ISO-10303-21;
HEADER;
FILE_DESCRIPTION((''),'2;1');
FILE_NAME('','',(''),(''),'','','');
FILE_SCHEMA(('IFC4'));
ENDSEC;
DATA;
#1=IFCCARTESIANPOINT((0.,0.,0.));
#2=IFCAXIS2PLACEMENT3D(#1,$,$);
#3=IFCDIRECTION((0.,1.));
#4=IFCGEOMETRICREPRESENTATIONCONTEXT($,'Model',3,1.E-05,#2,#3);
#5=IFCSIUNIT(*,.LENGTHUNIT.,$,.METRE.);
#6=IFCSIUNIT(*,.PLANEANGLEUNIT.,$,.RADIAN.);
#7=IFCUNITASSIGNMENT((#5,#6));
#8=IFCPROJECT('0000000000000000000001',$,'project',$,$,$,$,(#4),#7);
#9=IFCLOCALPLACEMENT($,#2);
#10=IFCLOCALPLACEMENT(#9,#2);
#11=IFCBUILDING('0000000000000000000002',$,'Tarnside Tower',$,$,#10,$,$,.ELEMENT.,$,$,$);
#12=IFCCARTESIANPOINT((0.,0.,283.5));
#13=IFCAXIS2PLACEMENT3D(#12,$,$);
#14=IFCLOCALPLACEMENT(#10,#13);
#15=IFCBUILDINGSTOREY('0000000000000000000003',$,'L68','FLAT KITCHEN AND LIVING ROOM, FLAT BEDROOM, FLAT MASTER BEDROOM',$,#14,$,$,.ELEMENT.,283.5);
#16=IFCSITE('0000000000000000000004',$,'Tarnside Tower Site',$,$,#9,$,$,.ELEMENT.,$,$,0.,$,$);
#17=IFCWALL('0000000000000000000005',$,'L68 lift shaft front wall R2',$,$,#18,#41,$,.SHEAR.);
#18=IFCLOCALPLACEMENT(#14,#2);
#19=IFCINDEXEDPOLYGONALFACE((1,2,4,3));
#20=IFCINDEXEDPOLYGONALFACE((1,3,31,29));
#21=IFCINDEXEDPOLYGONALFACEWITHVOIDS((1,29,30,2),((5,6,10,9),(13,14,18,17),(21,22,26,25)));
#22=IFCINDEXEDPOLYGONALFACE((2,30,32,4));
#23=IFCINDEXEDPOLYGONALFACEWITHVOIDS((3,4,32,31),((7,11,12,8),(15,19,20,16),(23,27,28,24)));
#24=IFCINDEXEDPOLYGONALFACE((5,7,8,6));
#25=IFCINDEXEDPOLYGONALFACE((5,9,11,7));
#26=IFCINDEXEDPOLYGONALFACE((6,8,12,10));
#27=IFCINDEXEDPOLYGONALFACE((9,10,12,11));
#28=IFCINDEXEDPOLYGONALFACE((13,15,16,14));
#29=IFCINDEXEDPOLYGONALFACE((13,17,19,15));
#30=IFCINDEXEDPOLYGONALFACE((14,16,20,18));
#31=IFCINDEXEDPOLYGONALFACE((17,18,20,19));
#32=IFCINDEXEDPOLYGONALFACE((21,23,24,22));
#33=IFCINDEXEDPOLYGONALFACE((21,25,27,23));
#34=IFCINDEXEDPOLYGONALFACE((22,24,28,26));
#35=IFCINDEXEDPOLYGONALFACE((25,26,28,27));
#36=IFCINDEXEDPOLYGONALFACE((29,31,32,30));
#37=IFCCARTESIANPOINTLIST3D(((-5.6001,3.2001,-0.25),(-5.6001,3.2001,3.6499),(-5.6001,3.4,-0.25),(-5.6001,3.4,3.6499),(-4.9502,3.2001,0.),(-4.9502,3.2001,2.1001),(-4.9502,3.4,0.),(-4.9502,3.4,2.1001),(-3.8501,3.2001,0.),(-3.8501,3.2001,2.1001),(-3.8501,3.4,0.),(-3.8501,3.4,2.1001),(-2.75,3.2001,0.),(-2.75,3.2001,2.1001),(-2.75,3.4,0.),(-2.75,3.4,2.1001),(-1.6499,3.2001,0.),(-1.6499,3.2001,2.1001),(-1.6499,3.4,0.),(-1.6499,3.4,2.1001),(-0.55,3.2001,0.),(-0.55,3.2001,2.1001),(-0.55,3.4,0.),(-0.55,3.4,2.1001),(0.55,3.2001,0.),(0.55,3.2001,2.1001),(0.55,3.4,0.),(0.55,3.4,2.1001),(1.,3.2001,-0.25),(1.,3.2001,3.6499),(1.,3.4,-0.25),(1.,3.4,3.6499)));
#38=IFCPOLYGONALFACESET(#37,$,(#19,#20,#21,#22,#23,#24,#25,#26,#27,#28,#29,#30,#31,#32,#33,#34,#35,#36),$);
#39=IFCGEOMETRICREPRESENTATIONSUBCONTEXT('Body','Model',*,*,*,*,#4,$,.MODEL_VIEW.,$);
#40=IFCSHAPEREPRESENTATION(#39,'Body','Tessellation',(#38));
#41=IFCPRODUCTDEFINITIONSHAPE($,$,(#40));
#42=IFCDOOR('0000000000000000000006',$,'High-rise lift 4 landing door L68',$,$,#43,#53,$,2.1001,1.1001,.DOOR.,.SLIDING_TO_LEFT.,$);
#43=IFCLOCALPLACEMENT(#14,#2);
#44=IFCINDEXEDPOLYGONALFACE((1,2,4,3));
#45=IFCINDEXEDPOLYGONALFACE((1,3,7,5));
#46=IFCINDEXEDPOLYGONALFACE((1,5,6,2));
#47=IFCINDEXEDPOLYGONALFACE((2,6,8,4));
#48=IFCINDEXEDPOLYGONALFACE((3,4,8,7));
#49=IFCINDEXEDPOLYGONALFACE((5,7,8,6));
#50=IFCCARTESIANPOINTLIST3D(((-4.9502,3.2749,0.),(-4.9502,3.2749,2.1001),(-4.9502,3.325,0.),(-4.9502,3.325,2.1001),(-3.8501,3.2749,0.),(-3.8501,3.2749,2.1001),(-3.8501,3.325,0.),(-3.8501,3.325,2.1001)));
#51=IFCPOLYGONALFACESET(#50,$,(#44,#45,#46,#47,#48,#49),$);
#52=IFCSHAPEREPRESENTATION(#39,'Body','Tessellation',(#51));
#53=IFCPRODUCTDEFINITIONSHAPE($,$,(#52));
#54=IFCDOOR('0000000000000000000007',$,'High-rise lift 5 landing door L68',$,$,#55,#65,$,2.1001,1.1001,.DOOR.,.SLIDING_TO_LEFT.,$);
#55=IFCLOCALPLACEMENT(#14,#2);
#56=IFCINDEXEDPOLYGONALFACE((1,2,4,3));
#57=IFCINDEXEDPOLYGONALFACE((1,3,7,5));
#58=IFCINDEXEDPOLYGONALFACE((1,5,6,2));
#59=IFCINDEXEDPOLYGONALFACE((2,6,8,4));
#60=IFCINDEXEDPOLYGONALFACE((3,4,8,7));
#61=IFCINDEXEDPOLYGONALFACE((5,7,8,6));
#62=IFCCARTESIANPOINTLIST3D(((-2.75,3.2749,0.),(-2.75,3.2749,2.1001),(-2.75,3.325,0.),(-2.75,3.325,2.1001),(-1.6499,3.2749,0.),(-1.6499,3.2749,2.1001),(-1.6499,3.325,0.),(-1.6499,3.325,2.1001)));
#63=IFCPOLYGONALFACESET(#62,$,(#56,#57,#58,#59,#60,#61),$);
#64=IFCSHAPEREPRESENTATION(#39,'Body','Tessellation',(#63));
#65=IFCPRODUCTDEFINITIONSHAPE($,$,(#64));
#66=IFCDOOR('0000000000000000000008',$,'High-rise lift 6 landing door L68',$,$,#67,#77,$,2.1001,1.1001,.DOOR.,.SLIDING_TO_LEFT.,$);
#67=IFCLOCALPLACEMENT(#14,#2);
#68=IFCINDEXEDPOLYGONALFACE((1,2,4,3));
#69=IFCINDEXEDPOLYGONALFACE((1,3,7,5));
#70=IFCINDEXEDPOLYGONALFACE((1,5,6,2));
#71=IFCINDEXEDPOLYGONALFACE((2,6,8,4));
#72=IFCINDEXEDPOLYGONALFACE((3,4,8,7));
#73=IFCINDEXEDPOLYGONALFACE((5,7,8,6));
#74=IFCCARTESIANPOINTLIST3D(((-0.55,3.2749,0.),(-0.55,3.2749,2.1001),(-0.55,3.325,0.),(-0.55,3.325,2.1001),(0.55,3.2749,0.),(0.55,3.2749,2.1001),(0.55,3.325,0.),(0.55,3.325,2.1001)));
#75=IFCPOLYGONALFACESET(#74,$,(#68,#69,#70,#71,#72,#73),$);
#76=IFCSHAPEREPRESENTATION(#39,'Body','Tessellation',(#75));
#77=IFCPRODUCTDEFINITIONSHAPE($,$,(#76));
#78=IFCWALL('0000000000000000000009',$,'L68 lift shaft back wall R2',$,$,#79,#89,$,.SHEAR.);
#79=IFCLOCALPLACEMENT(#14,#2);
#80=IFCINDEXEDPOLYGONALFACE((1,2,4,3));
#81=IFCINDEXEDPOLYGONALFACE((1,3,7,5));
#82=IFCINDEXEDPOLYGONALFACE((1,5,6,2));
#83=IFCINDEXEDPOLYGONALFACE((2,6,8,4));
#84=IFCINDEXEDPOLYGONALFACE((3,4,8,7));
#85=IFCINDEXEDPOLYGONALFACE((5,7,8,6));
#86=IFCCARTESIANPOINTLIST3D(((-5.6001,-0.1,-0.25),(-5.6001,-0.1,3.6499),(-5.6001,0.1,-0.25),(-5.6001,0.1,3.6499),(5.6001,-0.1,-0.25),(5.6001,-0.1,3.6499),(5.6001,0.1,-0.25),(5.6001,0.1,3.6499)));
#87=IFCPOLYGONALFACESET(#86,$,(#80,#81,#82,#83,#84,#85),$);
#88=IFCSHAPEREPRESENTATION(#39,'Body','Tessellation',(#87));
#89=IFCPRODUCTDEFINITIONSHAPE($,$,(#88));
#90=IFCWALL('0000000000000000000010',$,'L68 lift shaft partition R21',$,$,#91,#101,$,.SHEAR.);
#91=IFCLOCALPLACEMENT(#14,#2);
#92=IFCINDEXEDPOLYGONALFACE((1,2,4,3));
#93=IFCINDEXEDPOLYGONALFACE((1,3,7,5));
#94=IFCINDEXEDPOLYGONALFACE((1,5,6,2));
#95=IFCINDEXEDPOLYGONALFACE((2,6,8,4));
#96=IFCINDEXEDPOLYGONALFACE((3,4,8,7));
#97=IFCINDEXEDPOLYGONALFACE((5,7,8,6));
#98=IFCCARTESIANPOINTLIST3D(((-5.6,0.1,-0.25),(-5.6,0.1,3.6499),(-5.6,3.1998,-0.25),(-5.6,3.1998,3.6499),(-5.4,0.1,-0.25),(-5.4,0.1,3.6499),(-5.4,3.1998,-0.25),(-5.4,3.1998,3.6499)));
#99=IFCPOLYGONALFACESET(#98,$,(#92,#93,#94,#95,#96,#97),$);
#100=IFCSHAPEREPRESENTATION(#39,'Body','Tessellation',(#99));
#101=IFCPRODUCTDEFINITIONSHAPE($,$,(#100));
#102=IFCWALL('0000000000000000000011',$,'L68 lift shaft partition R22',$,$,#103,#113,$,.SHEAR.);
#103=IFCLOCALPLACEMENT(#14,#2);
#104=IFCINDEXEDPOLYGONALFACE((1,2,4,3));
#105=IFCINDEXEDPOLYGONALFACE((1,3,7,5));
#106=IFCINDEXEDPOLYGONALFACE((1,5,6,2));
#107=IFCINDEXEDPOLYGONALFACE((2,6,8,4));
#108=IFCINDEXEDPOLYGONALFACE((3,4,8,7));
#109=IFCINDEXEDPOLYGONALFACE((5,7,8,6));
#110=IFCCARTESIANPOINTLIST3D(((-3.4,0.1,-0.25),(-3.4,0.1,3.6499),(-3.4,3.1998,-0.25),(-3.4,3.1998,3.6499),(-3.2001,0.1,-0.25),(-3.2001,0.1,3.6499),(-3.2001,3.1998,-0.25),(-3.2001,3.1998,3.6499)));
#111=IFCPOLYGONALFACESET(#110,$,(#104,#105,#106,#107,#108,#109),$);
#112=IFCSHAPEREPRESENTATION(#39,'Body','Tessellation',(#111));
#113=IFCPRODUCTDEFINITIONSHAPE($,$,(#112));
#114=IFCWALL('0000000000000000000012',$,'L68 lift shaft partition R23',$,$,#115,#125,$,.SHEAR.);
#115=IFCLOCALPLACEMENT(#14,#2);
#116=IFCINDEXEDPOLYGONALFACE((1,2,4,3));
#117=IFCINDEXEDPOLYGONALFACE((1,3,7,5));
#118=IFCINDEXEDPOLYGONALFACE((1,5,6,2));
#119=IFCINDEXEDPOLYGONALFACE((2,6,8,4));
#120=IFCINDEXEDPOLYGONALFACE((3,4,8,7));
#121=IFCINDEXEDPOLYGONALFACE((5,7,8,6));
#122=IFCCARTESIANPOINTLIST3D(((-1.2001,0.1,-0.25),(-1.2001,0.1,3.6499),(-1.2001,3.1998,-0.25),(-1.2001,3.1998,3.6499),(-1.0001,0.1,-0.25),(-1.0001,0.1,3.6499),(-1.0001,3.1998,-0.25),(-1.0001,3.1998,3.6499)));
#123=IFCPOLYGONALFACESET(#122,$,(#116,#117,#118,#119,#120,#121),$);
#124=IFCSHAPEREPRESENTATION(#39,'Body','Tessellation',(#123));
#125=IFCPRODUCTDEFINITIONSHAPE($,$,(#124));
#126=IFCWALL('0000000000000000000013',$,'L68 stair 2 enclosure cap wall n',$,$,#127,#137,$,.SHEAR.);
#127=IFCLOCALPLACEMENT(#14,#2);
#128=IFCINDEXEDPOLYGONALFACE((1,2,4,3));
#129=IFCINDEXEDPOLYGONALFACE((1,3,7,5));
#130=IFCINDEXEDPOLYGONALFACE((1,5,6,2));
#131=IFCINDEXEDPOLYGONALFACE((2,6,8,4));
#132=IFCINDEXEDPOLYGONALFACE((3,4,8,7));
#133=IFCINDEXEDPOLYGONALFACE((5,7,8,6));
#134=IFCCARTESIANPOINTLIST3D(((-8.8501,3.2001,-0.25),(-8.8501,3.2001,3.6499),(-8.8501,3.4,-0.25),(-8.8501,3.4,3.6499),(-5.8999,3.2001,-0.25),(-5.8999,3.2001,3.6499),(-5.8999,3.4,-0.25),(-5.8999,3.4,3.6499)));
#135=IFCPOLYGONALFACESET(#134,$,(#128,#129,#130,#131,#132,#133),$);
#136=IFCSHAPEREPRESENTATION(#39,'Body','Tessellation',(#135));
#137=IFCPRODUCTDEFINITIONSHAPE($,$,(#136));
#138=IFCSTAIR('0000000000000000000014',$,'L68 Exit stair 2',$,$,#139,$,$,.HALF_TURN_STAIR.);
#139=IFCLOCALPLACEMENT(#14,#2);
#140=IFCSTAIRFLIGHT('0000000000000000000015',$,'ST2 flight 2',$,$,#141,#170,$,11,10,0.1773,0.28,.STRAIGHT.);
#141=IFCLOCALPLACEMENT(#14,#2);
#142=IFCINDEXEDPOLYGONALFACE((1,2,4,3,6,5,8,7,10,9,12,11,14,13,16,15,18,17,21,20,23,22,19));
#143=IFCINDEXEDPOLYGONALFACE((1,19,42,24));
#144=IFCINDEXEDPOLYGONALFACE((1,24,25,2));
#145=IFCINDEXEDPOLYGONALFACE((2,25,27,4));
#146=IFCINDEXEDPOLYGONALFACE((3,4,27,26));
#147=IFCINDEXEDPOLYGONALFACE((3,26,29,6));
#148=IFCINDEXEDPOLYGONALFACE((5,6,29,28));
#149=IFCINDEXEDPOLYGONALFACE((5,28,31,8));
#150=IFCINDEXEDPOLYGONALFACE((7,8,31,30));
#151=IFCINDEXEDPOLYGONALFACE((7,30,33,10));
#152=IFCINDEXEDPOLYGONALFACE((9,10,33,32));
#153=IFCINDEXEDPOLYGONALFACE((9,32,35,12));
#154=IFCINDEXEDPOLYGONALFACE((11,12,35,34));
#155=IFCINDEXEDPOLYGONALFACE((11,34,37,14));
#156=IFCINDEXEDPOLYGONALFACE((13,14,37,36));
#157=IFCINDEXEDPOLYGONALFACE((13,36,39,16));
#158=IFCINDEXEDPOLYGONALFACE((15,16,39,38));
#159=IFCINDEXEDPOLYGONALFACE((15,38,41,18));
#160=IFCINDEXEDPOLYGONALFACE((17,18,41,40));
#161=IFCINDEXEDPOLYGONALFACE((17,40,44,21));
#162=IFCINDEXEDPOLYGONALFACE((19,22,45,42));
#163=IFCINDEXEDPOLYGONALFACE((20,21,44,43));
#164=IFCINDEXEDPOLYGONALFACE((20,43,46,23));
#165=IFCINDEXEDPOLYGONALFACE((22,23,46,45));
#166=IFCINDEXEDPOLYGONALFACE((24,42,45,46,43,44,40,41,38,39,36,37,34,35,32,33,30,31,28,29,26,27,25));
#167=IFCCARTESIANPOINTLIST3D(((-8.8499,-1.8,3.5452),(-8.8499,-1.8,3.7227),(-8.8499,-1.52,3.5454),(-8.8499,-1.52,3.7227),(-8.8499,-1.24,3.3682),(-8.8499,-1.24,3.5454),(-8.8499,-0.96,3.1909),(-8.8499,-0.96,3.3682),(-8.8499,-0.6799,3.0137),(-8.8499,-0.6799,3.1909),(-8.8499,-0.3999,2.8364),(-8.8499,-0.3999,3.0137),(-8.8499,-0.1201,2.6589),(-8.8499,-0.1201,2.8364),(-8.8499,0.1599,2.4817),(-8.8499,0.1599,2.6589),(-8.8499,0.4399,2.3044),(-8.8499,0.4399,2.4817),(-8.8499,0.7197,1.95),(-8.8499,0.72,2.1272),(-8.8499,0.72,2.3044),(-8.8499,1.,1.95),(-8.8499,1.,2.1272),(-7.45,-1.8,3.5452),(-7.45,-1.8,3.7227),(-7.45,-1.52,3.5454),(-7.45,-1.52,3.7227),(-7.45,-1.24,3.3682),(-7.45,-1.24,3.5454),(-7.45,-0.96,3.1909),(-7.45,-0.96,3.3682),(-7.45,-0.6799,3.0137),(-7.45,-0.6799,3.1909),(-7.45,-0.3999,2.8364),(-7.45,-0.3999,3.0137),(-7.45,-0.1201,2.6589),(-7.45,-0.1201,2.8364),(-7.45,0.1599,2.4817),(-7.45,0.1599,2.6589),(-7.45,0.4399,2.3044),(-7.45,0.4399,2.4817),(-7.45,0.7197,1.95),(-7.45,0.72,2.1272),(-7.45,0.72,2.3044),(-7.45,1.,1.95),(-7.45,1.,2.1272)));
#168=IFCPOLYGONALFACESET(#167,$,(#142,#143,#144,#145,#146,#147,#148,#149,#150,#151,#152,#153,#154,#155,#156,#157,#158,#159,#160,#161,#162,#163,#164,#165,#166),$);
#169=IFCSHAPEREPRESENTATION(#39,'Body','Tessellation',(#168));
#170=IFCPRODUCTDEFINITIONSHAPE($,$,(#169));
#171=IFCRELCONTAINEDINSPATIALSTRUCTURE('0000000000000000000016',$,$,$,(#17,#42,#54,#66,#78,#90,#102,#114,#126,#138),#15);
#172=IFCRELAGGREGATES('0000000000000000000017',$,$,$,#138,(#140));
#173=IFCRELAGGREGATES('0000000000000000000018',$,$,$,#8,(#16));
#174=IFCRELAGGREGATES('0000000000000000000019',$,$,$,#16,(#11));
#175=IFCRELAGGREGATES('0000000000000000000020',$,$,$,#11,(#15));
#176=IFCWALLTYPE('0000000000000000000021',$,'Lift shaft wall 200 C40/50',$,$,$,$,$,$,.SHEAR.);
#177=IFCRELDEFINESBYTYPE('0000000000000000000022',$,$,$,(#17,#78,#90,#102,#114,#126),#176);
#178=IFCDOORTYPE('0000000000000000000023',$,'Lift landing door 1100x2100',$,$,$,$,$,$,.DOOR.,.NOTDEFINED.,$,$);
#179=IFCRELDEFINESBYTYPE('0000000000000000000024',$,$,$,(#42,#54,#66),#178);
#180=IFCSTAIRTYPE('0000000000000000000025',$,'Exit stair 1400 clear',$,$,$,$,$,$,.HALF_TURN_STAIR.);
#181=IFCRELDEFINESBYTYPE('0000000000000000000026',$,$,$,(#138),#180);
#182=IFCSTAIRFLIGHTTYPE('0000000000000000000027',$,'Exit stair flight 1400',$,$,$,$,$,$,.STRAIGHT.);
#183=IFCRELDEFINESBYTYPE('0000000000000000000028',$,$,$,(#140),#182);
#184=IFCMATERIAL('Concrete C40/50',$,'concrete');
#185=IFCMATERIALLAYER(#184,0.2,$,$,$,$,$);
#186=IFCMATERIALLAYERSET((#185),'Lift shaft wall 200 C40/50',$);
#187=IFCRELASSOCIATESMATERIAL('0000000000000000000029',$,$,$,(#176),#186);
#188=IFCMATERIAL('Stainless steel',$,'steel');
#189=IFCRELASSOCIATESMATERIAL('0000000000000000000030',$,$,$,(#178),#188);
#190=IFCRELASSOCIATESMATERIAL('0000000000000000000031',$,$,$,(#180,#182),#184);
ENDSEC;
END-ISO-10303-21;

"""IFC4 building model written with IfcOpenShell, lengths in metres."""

from ifc_helpers import new_model, si_unit, direction, frame, frame_2d, origin, place, context, subcontext, project, spatial, polyline, rectangle, outline, extrude, material, layer, layer_set, type_object, element, fill, aggregate, save


model = new_model("IFC4")

# Units and contexts
model_context = context("Model", 3, precision=1e-05, world=origin(), true_north=direction((0.0, 1.0)))
body_context = subcontext(model_context, "Body", "Model", "MODEL_VIEW")
ifc_project = project(units=[si_unit("LENGTHUNIT", "METRE"), si_unit("PLANEANGLEUNIT", "RADIAN")], contexts=[model_context])

# Site, building, storey
site_placement = place(None, origin())
site = spatial("IfcSite", under=ifc_project, at=site_placement, Name="Tarnside Tower Site", CompositionType="ELEMENT", RefElevation=0.0)
building_placement = place(site_placement, origin())
building = spatial("IfcBuilding", under=site, at=building_placement, Name="Tarnside Tower", CompositionType="ELEMENT")
storey_placement = place(building_placement, frame((0.0, 0.0, 283.5)))
storey = spatial("IfcBuildingStorey", under=building, at=storey_placement, Name="L68", Description="FLAT KITCHEN AND LIVING ROOM, FLAT BEDROOM, FLAT MASTER BEDROOM", CompositionType="ELEMENT", Elevation=283.5)

# Shared definitions
ifc_material_1 = material(Name="Concrete C40/50", Category="concrete")
ifc_layer_1 = layer(ifc_material_1, 0.2)
ifc_layer_set_1 = layer_set([ifc_layer_1], Name="Lift shaft wall 200 C40/50")
wall_type_1 = type_object("IfcWallType", Name="Lift shaft wall 200 C40/50", PredefinedType="SHEAR", material=ifc_layer_set_1)
ifc_material_2 = material(Name="Stainless steel", Category="steel")
door_type_1 = type_object("IfcDoorType", Name="Lift landing door 1100x2100", OperationType="NOTDEFINED", PredefinedType="DOOR", material=ifc_material_2)

# Wall, openings, doors
wall_1_placement = place(storey_placement, frame((-5.6001, 3.3, -0.25), z_axis=(0.0, 0.0, 1.0), x_axis=(1.0, 0.0, 0.0)))
wall_1 = element("IfcWall", 1, at=wall_1_placement, inside=storey, type_object=wall_type_1, Name="L68 lift shaft front wall R2", PredefinedType="SHEAR", context=body_context, shape_type="SweptSolid", body=[
    extrude(rectangle(XDim=6.6001, YDim=0.2, at=frame_2d((3.3, 0.0))), origin(), (0.0, 0.0, 1.0), 3.8999),
])
opening_1_placement = place(wall_1_placement, frame((0.6499, 0.0, 0.25)))
opening_1 = element("IfcOpeningElement", 2, at=opening_1_placement, cuts=wall_1, PredefinedType="OPENING", context=body_context, shape_type="SweptSolid", body=[
    extrude(rectangle(XDim=1.1001, YDim=2.1001, at=frame_2d((0.55, 1.05))), frame((0.0, 0.1099, 0.0), z_axis=(0.0, -1.0, 0.0), x_axis=(1.0, 0.0, 0.0)), (0.0, 0.0, 1.0), 0.22),
])
opening_2_placement = place(wall_1_placement, frame((2.8501, 0.0, 0.25)))
opening_2 = element("IfcOpeningElement", 3, at=opening_2_placement, cuts=wall_1, PredefinedType="OPENING", context=body_context, shape_type="SweptSolid", body=[
    extrude(rectangle(XDim=1.1001, YDim=2.1001, at=frame_2d((0.55, 1.05))), frame((0.0, 0.1099, 0.0), z_axis=(0.0, -1.0, 0.0), x_axis=(1.0, 0.0, 0.0)), (0.0, 0.0, 1.0), 0.22),
])
opening_3_placement = place(wall_1_placement, frame((5.05, 0.0, 0.25)))
opening_3 = element("IfcOpeningElement", 4, at=opening_3_placement, cuts=wall_1, PredefinedType="OPENING", context=body_context, shape_type="SweptSolid", body=[
    extrude(rectangle(XDim=1.1001, YDim=2.1001, at=frame_2d((0.55, 1.05))), frame((0.0, 0.1099, 0.0), z_axis=(0.0, -1.0, 0.0), x_axis=(1.0, 0.0, 0.0)), (0.0, 0.0, 1.0), 0.22),
])
door_1_placement = place(opening_1_placement, origin())
door_1 = element("IfcDoor", 5, at=door_1_placement, inside=storey, type_object=door_type_1, Name="High-rise lift 4 landing door L68", OperationType="SLIDING_TO_LEFT", OverallHeight=2.1001, OverallWidth=1.1001, PredefinedType="DOOR", context=body_context, shape_type="SweptSolid", body=[
    extrude(rectangle(XDim=1.1001, YDim=2.1001, at=frame_2d((0.55, 1.05))), frame((0.0, 0.0249, 0.0), z_axis=(0.0, -1.0, 0.0), x_axis=(1.0, 0.0, 0.0)), (0.0, 0.0, 1.0), 0.05),
])
fill(opening_1, door_1)
door_2_placement = place(opening_2_placement, origin())
door_2 = element("IfcDoor", 6, at=door_2_placement, inside=storey, type_object=door_type_1, Name="High-rise lift 5 landing door L68", OperationType="SLIDING_TO_LEFT", OverallHeight=2.1001, OverallWidth=1.1001, PredefinedType="DOOR", context=body_context, shape_type="SweptSolid", body=[
    extrude(rectangle(XDim=1.1001, YDim=2.1001, at=frame_2d((0.55, 1.05))), frame((0.0, 0.0249, 0.0), z_axis=(0.0, -1.0, 0.0), x_axis=(1.0, 0.0, 0.0)), (0.0, 0.0, 1.0), 0.05),
])
fill(opening_2, door_2)
door_3_placement = place(opening_3_placement, origin())
door_3 = element("IfcDoor", 7, at=door_3_placement, inside=storey, type_object=door_type_1, Name="High-rise lift 6 landing door L68", OperationType="SLIDING_TO_LEFT", OverallHeight=2.1001, OverallWidth=1.1001, PredefinedType="DOOR", context=body_context, shape_type="SweptSolid", body=[
    extrude(rectangle(XDim=1.1001, YDim=2.1001, at=frame_2d((0.55, 1.05))), frame((0.0, 0.0249, 0.0), z_axis=(0.0, -1.0, 0.0), x_axis=(1.0, 0.0, 0.0)), (0.0, 0.0, 1.0), 0.05),
])
fill(opening_3, door_3)

# Walls
wall_2_placement = place(storey_placement, frame((-5.6001, 0.0, -0.25), z_axis=(0.0, 0.0, 1.0), x_axis=(1.0, 0.0, 0.0)))
element("IfcWall", 8, at=wall_2_placement, inside=storey, type_object=wall_type_1, Name="L68 lift shaft back wall R2", PredefinedType="SHEAR", context=body_context, shape_type="SweptSolid", body=[
    extrude(rectangle(XDim=11.2002, YDim=0.2, at=frame_2d((5.6001, 0.0))), origin(), (0.0, 0.0, 1.0), 3.8999),
])
for number, where, z_axis, x_axis, name in (
    (9, (-5.5, 0.1001, -0.25), (0.0, 0.0, 1.0), (0.0, 1.0, 0.0), "L68 lift shaft partition R21"),
    (10, (-3.3, 0.1001, -0.25), (0.0, 0.0, 1.0), (0.0, 1.0, 0.0), "L68 lift shaft partition R22"),
    (11, (-1.1001, 0.1001, -0.25), (0.0, 0.0, 1.0), (0.0, 1.0, 0.0), "L68 lift shaft partition R23"),
):
    element("IfcWall", number, at=place(storey_placement, frame(where, z_axis=z_axis, x_axis=x_axis)), inside=storey, type_object=wall_type_1, Name=name, PredefinedType="SHEAR", context=body_context, shape_type="SweptSolid", body=[
        extrude(rectangle(XDim=3.0999, YDim=0.2, at=frame_2d((1.5498, 0.0))), origin(), (0.0, 0.0, 1.0), 3.8999),
    ])
wall_3_placement = place(storey_placement, frame((-8.8501, 3.3, -0.25), z_axis=(0.0, 0.0, 1.0), x_axis=(1.0, 0.0, 0.0)))
element("IfcWall", 12, at=wall_3_placement, inside=storey, type_object=wall_type_1, Name="L68 stair 2 enclosure cap wall n", PredefinedType="SHEAR", context=body_context, shape_type="SweptSolid", body=[
    extrude(rectangle(XDim=2.9502, YDim=0.2, at=frame_2d((1.4751, 0.0))), origin(), (0.0, 0.0, 1.0), 3.8999),
])

# Stair, stair flight
stair_type = type_object("IfcStairType", Name="Exit stair 1400 clear", PredefinedType="HALF_TURN_STAIR", material=ifc_material_1)
stair_placement = place(storey_placement, origin())
stair = element("IfcStair", 13, at=stair_placement, inside=storey, type_object=stair_type, Name="L68 Exit stair 2", PredefinedType="HALF_TURN_STAIR")
stair_flight_type = type_object("IfcStairFlightType", Name="Exit stair flight 1400", PredefinedType="STRAIGHT", material=ifc_material_1)
stair_flight_placement = place(storey_placement, frame((-8.1499, 1.0, 1.95), z_axis=(0.0, 0.0, 1.0), x_axis=(0.0, -1.0, 0.0)))
stair_flight = element("IfcStairFlight", 14, at=stair_flight_placement, type_object=stair_flight_type, Name="ST2 flight 2", NumberOfRisers=11, NumberOfTreads=10, PredefinedType="STRAIGHT", RiserHeight=0.1773, TreadLength=0.28, context=body_context, shape_type="SweptSolid", body=[
    extrude(outline(polyline([(0.0, 0.0), (0.0, 0.1772), (0.28, 0.1772), (0.28, 0.3545), (0.5601, 0.3545), (0.5601, 0.5317), (0.8401, 0.5317), (0.8401, 0.709), (1.1201, 0.709), (1.1201, 0.8865), (1.3999, 0.8865), (1.3999, 1.0637), (1.6799, 1.0637), (1.6799, 1.241), (1.96, 1.241), (1.96, 1.4182), (2.24, 1.4182), (2.24, 1.5955), (2.52, 1.5955), (2.52, 1.7727), (2.8, 1.7727), (2.8, 1.95), (2.8, 1.5952), (0.2803, 0.0), (0.0, 0.0)])), frame((0.0, 0.7, 0.0), z_axis=(0.0, -1.0, 0.0), x_axis=(1.0, 0.0, 0.0)), (0.0, 0.0, 1.0), 1.3999),
])
aggregate(stair, [stair_flight])

save(model, "model.ifc")
